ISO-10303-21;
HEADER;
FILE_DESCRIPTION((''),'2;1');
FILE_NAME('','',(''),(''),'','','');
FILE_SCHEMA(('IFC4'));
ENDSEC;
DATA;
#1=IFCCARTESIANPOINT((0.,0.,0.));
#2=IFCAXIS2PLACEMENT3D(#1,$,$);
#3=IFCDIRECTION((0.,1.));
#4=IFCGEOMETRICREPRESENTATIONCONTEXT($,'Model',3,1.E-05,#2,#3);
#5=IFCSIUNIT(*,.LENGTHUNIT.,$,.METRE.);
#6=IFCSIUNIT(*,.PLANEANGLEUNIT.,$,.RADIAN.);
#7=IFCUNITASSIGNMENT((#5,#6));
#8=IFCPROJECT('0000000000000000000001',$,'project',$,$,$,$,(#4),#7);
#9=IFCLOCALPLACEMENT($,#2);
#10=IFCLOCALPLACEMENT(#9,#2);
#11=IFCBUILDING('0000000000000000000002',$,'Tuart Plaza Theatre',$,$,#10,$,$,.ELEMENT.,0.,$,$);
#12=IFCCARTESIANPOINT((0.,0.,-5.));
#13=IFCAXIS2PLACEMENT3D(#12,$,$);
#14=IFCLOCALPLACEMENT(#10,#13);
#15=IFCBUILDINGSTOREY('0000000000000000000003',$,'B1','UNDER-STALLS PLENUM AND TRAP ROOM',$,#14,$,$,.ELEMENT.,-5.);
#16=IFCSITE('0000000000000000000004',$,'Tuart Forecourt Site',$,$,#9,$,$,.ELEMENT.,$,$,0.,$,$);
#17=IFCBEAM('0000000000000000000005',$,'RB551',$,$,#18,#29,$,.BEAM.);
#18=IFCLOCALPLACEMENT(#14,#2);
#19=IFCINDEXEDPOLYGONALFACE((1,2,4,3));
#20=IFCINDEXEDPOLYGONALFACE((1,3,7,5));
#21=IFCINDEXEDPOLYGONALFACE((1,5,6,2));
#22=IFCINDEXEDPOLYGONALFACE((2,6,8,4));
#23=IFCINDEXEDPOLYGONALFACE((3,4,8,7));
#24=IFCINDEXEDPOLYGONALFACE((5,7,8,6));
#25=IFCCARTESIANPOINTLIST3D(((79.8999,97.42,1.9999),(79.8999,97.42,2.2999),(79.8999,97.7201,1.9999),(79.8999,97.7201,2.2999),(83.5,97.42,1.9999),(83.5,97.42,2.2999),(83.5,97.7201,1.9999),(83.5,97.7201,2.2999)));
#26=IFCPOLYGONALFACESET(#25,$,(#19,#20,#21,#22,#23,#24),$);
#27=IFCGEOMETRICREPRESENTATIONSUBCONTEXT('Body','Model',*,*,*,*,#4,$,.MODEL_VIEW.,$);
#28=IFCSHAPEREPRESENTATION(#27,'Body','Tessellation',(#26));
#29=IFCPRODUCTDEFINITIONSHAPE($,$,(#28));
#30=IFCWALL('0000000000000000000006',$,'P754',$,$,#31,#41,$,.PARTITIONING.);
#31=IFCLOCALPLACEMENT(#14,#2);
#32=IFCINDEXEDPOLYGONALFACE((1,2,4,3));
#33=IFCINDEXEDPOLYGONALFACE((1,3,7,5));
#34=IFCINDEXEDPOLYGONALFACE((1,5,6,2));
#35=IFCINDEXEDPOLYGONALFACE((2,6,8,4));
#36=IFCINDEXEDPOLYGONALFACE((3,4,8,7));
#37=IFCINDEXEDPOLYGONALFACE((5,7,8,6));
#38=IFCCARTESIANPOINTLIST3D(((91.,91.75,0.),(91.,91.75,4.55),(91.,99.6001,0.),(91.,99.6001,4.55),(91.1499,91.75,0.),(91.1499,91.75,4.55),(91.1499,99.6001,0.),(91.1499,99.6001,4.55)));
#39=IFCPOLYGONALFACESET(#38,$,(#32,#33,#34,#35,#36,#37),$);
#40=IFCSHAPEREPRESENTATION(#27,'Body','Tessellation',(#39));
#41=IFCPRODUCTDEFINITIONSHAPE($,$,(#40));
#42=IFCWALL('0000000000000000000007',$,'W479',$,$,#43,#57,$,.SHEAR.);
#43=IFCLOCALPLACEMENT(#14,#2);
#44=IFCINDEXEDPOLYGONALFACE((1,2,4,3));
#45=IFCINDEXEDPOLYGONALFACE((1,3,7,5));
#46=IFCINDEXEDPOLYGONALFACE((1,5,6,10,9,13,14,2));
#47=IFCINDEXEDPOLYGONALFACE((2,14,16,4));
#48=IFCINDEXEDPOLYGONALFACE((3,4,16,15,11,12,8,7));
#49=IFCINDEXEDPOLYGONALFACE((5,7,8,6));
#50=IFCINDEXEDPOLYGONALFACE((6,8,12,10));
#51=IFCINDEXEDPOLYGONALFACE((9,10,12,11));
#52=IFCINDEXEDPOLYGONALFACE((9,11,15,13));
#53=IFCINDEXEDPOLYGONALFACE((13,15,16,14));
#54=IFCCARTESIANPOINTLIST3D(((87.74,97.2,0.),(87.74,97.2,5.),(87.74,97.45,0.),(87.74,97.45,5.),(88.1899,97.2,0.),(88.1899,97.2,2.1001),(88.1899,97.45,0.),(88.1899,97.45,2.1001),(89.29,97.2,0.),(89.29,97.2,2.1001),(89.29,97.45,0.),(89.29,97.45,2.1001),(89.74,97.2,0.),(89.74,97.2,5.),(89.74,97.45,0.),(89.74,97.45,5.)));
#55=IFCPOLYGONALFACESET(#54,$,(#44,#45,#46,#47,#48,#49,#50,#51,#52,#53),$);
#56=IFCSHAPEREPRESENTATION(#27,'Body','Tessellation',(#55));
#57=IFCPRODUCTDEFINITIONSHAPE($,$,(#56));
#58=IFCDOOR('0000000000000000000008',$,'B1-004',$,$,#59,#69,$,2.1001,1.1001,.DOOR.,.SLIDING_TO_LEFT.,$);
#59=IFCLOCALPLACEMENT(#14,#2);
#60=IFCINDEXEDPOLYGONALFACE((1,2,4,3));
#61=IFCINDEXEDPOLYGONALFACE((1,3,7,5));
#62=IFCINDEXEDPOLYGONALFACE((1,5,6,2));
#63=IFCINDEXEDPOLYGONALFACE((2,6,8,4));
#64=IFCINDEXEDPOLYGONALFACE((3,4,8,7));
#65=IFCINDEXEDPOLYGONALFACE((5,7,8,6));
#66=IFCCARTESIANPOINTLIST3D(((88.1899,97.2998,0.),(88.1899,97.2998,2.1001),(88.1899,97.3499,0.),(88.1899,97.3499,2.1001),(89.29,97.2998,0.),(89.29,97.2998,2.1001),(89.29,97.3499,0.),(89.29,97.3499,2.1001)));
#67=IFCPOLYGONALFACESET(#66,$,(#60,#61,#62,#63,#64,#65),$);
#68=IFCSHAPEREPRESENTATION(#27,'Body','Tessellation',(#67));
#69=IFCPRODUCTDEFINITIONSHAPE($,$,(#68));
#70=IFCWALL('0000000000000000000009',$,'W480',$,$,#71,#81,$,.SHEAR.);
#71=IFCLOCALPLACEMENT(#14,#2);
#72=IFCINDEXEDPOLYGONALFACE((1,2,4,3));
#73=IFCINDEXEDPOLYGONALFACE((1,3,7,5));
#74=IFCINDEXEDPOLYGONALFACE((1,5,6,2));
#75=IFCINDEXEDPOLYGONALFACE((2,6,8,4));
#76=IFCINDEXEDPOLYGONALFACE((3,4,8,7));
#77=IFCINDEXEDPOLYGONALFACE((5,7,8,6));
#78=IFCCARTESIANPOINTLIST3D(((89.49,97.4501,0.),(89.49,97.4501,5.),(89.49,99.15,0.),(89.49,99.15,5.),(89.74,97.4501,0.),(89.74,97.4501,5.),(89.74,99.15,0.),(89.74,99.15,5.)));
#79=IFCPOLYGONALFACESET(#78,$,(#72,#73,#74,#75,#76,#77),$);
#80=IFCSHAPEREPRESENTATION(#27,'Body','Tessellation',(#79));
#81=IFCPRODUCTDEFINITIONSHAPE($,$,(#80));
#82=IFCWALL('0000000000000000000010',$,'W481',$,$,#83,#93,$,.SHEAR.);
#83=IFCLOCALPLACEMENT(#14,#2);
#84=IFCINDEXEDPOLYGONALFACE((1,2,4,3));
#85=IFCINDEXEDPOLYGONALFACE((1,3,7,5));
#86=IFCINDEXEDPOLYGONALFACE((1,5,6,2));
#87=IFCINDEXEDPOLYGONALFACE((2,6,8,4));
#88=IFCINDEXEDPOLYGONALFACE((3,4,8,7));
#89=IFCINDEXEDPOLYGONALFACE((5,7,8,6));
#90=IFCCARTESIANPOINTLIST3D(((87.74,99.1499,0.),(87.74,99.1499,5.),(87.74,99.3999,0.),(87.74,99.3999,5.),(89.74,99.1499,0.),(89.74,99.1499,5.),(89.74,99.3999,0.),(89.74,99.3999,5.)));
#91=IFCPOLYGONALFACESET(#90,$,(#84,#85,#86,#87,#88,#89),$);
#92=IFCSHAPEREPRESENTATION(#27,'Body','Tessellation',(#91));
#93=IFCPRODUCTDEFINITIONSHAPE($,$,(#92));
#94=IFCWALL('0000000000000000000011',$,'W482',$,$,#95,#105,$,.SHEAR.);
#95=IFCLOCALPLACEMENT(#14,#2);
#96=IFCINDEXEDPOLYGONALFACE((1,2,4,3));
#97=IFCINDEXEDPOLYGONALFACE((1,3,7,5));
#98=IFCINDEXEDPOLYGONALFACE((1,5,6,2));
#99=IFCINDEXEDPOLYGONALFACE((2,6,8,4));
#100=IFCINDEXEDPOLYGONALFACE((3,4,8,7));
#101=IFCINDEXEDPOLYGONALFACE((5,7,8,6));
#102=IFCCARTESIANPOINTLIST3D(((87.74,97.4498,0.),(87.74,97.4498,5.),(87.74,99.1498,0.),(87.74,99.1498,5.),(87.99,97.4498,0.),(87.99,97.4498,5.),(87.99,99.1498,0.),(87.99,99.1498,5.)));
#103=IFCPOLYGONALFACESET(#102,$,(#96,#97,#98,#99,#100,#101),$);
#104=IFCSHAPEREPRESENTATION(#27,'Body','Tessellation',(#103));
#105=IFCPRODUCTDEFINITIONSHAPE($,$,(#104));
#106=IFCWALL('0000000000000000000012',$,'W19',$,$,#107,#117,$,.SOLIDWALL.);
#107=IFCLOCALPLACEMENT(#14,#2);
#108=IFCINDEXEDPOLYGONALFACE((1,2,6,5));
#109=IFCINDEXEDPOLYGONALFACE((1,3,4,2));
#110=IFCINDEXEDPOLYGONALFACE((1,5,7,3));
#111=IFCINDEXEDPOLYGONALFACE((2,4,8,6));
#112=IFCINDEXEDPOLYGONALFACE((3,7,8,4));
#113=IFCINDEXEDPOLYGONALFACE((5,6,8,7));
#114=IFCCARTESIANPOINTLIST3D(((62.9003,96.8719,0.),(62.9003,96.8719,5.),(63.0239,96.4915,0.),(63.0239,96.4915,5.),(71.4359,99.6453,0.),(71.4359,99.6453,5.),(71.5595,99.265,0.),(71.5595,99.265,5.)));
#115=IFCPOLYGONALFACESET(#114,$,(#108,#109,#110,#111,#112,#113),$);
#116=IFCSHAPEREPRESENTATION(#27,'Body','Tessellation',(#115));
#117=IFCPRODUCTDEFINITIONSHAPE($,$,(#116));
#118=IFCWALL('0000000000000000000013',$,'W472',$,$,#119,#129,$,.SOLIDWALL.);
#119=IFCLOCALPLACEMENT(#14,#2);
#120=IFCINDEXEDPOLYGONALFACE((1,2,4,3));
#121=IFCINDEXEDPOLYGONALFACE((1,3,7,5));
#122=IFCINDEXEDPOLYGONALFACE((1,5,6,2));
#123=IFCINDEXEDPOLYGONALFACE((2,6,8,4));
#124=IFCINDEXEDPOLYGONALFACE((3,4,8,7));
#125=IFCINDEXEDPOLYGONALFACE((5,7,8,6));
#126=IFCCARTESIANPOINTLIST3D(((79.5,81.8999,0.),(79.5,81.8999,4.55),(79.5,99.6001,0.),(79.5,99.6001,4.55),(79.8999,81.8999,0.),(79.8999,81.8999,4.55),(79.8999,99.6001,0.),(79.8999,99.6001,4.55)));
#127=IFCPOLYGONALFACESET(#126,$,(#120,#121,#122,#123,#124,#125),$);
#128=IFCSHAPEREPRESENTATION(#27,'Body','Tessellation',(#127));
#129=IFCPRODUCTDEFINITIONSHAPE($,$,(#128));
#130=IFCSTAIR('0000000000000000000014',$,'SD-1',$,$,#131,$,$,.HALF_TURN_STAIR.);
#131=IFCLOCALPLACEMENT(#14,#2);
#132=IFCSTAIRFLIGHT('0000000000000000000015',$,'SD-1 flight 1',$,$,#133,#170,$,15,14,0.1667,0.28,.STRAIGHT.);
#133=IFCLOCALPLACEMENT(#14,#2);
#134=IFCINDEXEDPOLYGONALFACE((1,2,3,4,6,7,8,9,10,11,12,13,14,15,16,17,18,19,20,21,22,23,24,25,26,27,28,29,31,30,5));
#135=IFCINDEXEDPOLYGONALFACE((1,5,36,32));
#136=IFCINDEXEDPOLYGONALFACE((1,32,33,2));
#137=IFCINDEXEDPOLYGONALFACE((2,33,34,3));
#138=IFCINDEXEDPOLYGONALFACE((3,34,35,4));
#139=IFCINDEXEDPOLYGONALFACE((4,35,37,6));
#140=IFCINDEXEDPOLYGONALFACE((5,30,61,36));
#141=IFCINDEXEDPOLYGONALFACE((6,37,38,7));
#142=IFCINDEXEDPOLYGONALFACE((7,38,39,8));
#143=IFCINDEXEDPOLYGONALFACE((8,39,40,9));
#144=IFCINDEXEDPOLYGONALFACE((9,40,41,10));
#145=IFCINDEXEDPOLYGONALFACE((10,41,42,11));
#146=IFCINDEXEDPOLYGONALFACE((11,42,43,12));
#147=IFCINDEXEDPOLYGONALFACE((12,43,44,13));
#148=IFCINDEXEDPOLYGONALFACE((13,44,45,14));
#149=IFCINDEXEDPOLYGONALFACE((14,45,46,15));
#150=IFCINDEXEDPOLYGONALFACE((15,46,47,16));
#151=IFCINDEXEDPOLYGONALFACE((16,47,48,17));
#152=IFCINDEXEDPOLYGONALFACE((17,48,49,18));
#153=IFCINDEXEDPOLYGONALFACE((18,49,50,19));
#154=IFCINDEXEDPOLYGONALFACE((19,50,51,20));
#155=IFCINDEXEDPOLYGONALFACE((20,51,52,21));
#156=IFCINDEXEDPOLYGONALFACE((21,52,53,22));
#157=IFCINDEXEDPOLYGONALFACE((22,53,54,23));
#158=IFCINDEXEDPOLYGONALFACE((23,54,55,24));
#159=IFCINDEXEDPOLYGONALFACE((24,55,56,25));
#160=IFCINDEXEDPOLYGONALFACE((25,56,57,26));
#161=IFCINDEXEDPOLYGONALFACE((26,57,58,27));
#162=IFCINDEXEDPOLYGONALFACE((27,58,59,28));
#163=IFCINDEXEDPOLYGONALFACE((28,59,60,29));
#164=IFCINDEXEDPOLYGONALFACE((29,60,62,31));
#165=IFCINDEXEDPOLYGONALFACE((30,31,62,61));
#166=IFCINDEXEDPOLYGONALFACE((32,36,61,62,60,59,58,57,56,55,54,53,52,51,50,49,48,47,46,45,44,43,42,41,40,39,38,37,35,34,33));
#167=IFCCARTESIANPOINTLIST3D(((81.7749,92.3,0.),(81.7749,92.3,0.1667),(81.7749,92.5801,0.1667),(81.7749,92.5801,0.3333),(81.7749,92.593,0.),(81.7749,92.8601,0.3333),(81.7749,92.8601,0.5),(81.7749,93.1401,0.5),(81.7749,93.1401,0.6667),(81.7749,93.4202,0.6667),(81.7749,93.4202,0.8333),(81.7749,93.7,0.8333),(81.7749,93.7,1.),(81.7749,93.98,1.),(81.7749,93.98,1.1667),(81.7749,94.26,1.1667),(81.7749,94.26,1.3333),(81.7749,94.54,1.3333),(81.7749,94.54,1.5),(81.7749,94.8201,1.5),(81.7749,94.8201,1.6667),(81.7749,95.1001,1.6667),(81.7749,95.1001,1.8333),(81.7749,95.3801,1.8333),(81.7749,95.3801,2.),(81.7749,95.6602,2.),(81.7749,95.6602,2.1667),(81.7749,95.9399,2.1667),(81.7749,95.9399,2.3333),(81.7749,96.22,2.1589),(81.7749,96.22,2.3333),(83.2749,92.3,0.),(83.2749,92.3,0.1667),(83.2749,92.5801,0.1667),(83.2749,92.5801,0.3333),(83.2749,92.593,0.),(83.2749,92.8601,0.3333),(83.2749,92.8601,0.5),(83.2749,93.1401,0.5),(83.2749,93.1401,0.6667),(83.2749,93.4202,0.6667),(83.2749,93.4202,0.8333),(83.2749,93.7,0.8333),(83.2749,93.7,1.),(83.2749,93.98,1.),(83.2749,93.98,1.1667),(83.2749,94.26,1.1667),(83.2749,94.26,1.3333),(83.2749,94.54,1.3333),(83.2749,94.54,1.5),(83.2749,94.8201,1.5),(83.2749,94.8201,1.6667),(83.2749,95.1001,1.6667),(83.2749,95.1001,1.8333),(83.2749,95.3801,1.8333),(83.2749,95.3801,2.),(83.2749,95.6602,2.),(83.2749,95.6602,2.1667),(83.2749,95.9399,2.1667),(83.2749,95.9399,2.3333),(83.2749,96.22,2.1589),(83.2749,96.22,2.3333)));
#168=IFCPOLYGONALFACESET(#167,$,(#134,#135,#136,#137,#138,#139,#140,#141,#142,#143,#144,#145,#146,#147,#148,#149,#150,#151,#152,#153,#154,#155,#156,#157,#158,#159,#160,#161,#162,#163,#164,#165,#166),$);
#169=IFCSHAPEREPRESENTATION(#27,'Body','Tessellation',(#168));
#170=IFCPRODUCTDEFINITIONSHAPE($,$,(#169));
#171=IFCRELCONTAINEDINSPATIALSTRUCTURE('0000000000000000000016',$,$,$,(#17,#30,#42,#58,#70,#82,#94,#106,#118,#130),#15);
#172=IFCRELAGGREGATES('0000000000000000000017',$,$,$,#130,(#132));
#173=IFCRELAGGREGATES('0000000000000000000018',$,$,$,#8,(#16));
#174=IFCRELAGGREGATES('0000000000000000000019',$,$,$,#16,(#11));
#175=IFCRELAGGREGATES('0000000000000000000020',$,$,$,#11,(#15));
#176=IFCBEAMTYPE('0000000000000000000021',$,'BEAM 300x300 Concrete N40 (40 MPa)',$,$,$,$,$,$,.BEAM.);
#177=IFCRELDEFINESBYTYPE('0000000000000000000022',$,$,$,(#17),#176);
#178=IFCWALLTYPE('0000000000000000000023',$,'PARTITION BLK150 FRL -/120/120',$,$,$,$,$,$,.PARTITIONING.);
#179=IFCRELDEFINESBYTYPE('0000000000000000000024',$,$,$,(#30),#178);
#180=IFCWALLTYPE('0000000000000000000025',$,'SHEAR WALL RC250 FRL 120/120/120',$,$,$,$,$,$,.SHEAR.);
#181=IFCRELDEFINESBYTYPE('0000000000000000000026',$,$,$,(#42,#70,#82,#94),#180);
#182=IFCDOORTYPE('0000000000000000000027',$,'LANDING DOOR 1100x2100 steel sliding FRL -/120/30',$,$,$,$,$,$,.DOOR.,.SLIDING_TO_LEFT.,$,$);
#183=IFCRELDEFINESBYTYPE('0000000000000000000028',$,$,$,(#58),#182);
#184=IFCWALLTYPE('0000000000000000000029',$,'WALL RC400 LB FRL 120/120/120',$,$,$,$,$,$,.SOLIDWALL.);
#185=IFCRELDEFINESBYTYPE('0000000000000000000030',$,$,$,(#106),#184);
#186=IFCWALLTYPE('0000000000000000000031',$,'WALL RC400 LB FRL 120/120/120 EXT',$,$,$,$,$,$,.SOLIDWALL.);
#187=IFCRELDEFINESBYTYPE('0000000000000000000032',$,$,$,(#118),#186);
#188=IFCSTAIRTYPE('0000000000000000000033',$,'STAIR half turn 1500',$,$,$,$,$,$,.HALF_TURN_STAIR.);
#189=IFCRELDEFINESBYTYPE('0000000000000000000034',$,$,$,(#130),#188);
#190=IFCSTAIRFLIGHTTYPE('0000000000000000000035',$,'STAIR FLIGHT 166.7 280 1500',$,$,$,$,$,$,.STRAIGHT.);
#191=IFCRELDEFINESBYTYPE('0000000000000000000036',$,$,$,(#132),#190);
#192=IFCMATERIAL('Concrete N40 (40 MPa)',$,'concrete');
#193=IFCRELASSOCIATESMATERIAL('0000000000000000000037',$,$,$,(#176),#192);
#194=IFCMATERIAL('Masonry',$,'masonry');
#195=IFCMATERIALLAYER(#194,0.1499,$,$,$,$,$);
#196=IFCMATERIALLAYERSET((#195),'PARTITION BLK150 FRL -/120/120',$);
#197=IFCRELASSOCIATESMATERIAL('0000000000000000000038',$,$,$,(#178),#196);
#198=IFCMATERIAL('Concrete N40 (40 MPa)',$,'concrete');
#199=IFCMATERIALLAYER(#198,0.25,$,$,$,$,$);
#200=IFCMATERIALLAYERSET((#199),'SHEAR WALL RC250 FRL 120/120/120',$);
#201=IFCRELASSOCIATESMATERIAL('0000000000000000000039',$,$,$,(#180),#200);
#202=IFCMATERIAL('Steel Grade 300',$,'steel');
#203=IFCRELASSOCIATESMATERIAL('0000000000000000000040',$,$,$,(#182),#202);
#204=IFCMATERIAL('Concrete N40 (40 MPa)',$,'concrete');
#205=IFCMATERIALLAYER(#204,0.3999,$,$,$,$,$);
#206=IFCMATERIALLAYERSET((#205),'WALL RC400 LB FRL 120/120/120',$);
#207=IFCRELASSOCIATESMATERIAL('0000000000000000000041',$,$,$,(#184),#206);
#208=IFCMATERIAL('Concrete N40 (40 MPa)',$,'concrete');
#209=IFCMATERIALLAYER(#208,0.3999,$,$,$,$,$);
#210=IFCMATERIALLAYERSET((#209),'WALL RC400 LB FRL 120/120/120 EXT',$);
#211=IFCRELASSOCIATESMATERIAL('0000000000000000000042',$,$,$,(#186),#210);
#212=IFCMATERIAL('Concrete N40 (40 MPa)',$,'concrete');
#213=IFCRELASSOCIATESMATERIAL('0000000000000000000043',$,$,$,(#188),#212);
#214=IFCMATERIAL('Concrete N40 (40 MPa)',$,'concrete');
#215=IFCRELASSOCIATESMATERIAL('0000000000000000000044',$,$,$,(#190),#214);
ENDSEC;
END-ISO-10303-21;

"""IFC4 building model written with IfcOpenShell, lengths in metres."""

from ifc_helpers import new_model, si_unit, direction, frame, frame_2d, origin, origin_2d, place, context, subcontext, project, spatial, polyline, rectangle, outline, extrude, material, layer, layer_set, material_profile, profile_set, type_object, element, fill, aggregate, save


model = new_model("IFC4")

# Units and contexts
model_context = context("Model", 3, precision=1e-05, world=origin(), true_north=direction((0.0, 1.0)))
body_context = subcontext(model_context, "Body", "Model", "MODEL_VIEW")
ifc_project = project(units=[si_unit("LENGTHUNIT", "METRE"), si_unit("PLANEANGLEUNIT", "RADIAN")], contexts=[model_context])

# Site, building, storey
site_placement = place(None, origin())
site = spatial("IfcSite", under=ifc_project, at=site_placement, Name="Tuart Forecourt Site", CompositionType="ELEMENT", RefElevation=0.0)
building_placement = place(site_placement, origin())
building = spatial("IfcBuilding", under=site, at=building_placement, Name="Tuart Plaza Theatre", CompositionType="ELEMENT", ElevationOfRefHeight=0.0)
storey_placement = place(building_placement, frame((0.0, 0.0, -5.0)))
storey = spatial("IfcBuildingStorey", under=building, at=storey_placement, Name="B1", Description="UNDER-STALLS PLENUM AND TRAP ROOM", CompositionType="ELEMENT", Elevation=-5.0)

# Beam
ifc_material_1 = material(Name="Concrete N40 (40 MPa)", Category="concrete")
ifc_material_profile = material_profile(ifc_material_1, rectangle(XDim=0.3, YDim=0.3, at=origin_2d()), Name="BEAM 300x300 Concrete N40 (40 MPa)")
ifc_profile_set = profile_set([ifc_material_profile], Name="Concrete N40 (40 MPa)")
beam_type = type_object("IfcBeamType", Name="BEAM 300x300 Concrete N40 (40 MPa)", PredefinedType="BEAM", material=ifc_profile_set)
beam_placement = place(storey_placement, frame((79.8999, 97.5701, 2.1499), z_axis=(1.0, 0.0, 0.0), x_axis=(0.0, 1.0, 0.0)))
element("IfcBeam", 1, at=beam_placement, inside=storey, type_object=beam_type, Name="RB551", PredefinedType="BEAM", context=body_context, shape_type="SweptSolid", body=[
    extrude(rectangle(XDim=0.3, YDim=0.3, at=origin_2d()), origin(), (0.0, 0.0, 1.0), 3.6001),
])

# Wall
ifc_material_2 = material(Name="Masonry", Category="masonry")
ifc_layer_1 = layer(ifc_material_2, 0.1499)
ifc_layer_set_1 = layer_set([ifc_layer_1], Name="PARTITION BLK150 FRL -/120/120")
wall_type_1 = type_object("IfcWallType", Name="PARTITION BLK150 FRL -/120/120", PredefinedType="PARTITIONING", material=ifc_layer_set_1)
wall_1_placement = place(storey_placement, frame((91.075, 91.75, 0.0), z_axis=(0.0, 0.0, 1.0), x_axis=(0.0, 1.0, 0.0)))
element("IfcWall", 2, at=wall_1_placement, inside=storey, type_object=wall_type_1, Name="P754", PredefinedType="PARTITIONING", context=body_context, shape_type="SweptSolid", body=[
    extrude(rectangle(XDim=7.8501, YDim=0.1499, at=frame_2d((3.925, 0.0))), origin(), (0.0, 0.0, 1.0), 4.55),
])

# Wall, opening, door
ifc_material_3 = material(Name="Concrete N40 (40 MPa)", Category="concrete")
ifc_layer_2 = layer(ifc_material_3, 0.25)
ifc_layer_set_2 = layer_set([ifc_layer_2], Name="SHEAR WALL RC250 FRL 120/120/120")
wall_type_2 = type_object("IfcWallType", Name="SHEAR WALL RC250 FRL 120/120/120", PredefinedType="SHEAR", material=ifc_layer_set_2)
wall_2_placement = place(storey_placement, frame((87.74, 97.325, 0.0), z_axis=(0.0, 0.0, 1.0), x_axis=(1.0, 0.0, 0.0)))
wall_2 = element("IfcWall", 3, at=wall_2_placement, inside=storey, type_object=wall_type_2, Name="W479", PredefinedType="SHEAR", context=body_context, shape_type="SweptSolid", body=[
    extrude(rectangle(XDim=2.0, YDim=0.25, at=frame_2d((1.0, 0.0))), origin(), (0.0, 0.0, 1.0), 5.0),
])
opening_placement = place(wall_2_placement, frame((0.45, 0.0, 0.0)))
opening = element("IfcOpeningElement", 4, at=opening_placement, cuts=wall_2, PredefinedType="OPENING", context=body_context, shape_type="SweptSolid", body=[
    extrude(rectangle(XDim=1.1001, YDim=2.1001, at=frame_2d((0.55, 1.05))), frame((0.0, 0.135, 0.0), z_axis=(0.0, -1.0, 0.0), x_axis=(1.0, 0.0, 0.0)), (0.0, 0.0, 1.0), 0.27),
])
ifc_material_4 = material(Name="Steel Grade 300", Category="steel")
door_type = type_object("IfcDoorType", Name="LANDING DOOR 1100x2100 steel sliding FRL -/120/30", OperationType="SLIDING_TO_LEFT", PredefinedType="DOOR", material=ifc_material_4)
door_placement = place(opening_placement, origin())
door = element("IfcDoor", 5, at=door_placement, inside=storey, type_object=door_type, Name="B1-004", OperationType="SLIDING_TO_LEFT", OverallHeight=2.1001, OverallWidth=1.1001, PredefinedType="DOOR", context=body_context, shape_type="SweptSolid", body=[
    extrude(rectangle(XDim=1.1001, YDim=2.1001, at=frame_2d((0.55, 1.05))), frame((0.0, 0.0249, 0.0), z_axis=(0.0, -1.0, 0.0), x_axis=(1.0, 0.0, 0.0)), (0.0, 0.0, 1.0), 0.05),
])
fill(opening, door)

# Walls
wall_3_placement = place(storey_placement, frame((89.615, 97.45, 0.0), z_axis=(0.0, 0.0, 1.0), x_axis=(0.0, 1.0, 0.0)))
element("IfcWall", 6, at=wall_3_placement, inside=storey, type_object=wall_type_2, Name="W480", PredefinedType="SHEAR", context=body_context, shape_type="SweptSolid", body=[
    extrude(rectangle(XDim=1.7, YDim=0.25, at=frame_2d((0.8501, 0.0))), origin(), (0.0, 0.0, 1.0), 5.0),
])
wall_4_placement = place(storey_placement, frame((89.74, 99.2749, 0.0), z_axis=(0.0, 0.0, 1.0), x_axis=(-1.0, 0.0, 0.0)))
element("IfcWall", 7, at=wall_4_placement, inside=storey, type_object=wall_type_2, Name="W481", PredefinedType="SHEAR", context=body_context, shape_type="SweptSolid", body=[
    extrude(rectangle(XDim=2.0, YDim=0.25, at=frame_2d((1.0, 0.0))), origin(), (0.0, 0.0, 1.0), 5.0),
])
wall_5_placement = place(storey_placement, frame((87.865, 99.1499, 0.0), z_axis=(0.0, 0.0, 1.0), x_axis=(0.0, -1.0, 0.0)))
element("IfcWall", 8, at=wall_5_placement, inside=storey, type_object=wall_type_2, Name="W482", PredefinedType="SHEAR", context=body_context, shape_type="SweptSolid", body=[
    extrude(rectangle(XDim=1.7, YDim=0.25, at=frame_2d((0.8501, 0.0))), origin(), (0.0, 0.0, 1.0), 5.0),
])
ifc_material_5 = material(Name="Concrete N40 (40 MPa)", Category="concrete")
ifc_layer_3 = layer(ifc_material_5, 0.3999)
ifc_layer_set_3 = layer_set([ifc_layer_3], Name="WALL RC400 LB FRL 120/120/120")
wall_type_3 = type_object("IfcWallType", Name="WALL RC400 LB FRL 120/120/120", PredefinedType="SOLIDWALL", material=ifc_layer_set_3)
wall_6_placement = place(storey_placement, frame((71.4976, 99.4551, 0.0), z_axis=(0.0, 0.0, 1.0), x_axis=(-0.951055, -0.309021, 0.0)))
element("IfcWall", 9, at=wall_6_placement, inside=storey, type_object=wall_type_3, Name="W19", PredefinedType="SOLIDWALL", context=body_context, shape_type="SweptSolid", body=[
    extrude(rectangle(XDim=8.9749, YDim=0.3999, at=frame_2d((4.4873, 0.0))), origin(), (0.0, 0.0, 1.0), 5.0),
])
ifc_material_6 = material(Name="Concrete N40 (40 MPa)", Category="concrete")
ifc_layer_4 = layer(ifc_material_6, 0.3999)
ifc_layer_set_4 = layer_set([ifc_layer_4], Name="WALL RC400 LB FRL 120/120/120 EXT")
wall_type_4 = type_object("IfcWallType", Name="WALL RC400 LB FRL 120/120/120 EXT", PredefinedType="SOLIDWALL", material=ifc_layer_set_4)
wall_7_placement = place(storey_placement, frame((79.7, 99.6001, 0.0), z_axis=(0.0, 0.0, 1.0), x_axis=(0.0, -1.0, 0.0)))
element("IfcWall", 10, at=wall_7_placement, inside=storey, type_object=wall_type_4, Name="W472", PredefinedType="SOLIDWALL", context=body_context, shape_type="SweptSolid", body=[
    extrude(rectangle(XDim=17.7002, YDim=0.3999, at=frame_2d((8.8501, 0.0))), origin(), (0.0, 0.0, 1.0), 4.55),
])

# Stair, stair flight
ifc_material_7 = material(Name="Concrete N40 (40 MPa)", Category="concrete")
stair_type = type_object("IfcStairType", Name="STAIR half turn 1500", PredefinedType="HALF_TURN_STAIR", material=ifc_material_7)
stair_placement = place(storey_placement, origin())
stair = element("IfcStair", 11, at=stair_placement, inside=storey, type_object=stair_type, Name="SD-1", PredefinedType="HALF_TURN_STAIR")
ifc_material_8 = material(Name="Concrete N40 (40 MPa)", Category="concrete")
stair_flight_type = type_object("IfcStairFlightType", Name="STAIR FLIGHT 166.7 280 1500", PredefinedType="STRAIGHT", material=ifc_material_8)
stair_flight_1_placement = place(storey_placement, frame((82.5249, 92.3, 0.0), z_axis=(0.0, 0.0, 1.0), x_axis=(0.0, 1.0, 0.0)))
stair_flight_1 = element("IfcStairFlight", 12, at=stair_flight_1_placement, type_object=stair_flight_type, Name="SD-1 flight 1", NumberOfRisers=15, NumberOfTreads=14, PredefinedType="STRAIGHT", RiserHeight=0.1667, TreadLength=0.28, context=body_context, shape_type="SweptSolid", body=[
    extrude(outline(polyline([(0.0, 0.0), (0.0, 0.1667), (0.28, 0.1667), (0.28, 0.3333), (0.5601, 0.3333), (0.5601, 0.5), (0.8401, 0.5), (0.8401, 0.6667), (1.1201, 0.6667), (1.1201, 0.8333), (1.3999, 0.8333), (1.3999, 1.0), (1.6799, 1.0), (1.6799, 1.1667), (1.96, 1.1667), (1.96, 1.3333), (2.24, 1.3333), (2.24, 1.5), (2.52, 1.5), (2.52, 1.6667), (2.8, 1.6667), (2.8, 1.8333), (3.0801, 1.8333), (3.0801, 2.0), (3.3601, 2.0), (3.3601, 2.1667), (3.6399, 2.1667), (3.6399, 2.3333), (3.9199, 2.3333), (3.9199, 2.5), (3.9199, 2.1589), (0.293, 0.0), (0.0, 0.0)])), frame((0.0, 0.75, 0.0), z_axis=(0.0, -1.0, 0.0), x_axis=(1.0, 0.0, 0.0)), (0.0, 0.0, 1.0), 1.5),
])
aggregate(stair, [stair_flight_1])

save(model, "model.ifc")
